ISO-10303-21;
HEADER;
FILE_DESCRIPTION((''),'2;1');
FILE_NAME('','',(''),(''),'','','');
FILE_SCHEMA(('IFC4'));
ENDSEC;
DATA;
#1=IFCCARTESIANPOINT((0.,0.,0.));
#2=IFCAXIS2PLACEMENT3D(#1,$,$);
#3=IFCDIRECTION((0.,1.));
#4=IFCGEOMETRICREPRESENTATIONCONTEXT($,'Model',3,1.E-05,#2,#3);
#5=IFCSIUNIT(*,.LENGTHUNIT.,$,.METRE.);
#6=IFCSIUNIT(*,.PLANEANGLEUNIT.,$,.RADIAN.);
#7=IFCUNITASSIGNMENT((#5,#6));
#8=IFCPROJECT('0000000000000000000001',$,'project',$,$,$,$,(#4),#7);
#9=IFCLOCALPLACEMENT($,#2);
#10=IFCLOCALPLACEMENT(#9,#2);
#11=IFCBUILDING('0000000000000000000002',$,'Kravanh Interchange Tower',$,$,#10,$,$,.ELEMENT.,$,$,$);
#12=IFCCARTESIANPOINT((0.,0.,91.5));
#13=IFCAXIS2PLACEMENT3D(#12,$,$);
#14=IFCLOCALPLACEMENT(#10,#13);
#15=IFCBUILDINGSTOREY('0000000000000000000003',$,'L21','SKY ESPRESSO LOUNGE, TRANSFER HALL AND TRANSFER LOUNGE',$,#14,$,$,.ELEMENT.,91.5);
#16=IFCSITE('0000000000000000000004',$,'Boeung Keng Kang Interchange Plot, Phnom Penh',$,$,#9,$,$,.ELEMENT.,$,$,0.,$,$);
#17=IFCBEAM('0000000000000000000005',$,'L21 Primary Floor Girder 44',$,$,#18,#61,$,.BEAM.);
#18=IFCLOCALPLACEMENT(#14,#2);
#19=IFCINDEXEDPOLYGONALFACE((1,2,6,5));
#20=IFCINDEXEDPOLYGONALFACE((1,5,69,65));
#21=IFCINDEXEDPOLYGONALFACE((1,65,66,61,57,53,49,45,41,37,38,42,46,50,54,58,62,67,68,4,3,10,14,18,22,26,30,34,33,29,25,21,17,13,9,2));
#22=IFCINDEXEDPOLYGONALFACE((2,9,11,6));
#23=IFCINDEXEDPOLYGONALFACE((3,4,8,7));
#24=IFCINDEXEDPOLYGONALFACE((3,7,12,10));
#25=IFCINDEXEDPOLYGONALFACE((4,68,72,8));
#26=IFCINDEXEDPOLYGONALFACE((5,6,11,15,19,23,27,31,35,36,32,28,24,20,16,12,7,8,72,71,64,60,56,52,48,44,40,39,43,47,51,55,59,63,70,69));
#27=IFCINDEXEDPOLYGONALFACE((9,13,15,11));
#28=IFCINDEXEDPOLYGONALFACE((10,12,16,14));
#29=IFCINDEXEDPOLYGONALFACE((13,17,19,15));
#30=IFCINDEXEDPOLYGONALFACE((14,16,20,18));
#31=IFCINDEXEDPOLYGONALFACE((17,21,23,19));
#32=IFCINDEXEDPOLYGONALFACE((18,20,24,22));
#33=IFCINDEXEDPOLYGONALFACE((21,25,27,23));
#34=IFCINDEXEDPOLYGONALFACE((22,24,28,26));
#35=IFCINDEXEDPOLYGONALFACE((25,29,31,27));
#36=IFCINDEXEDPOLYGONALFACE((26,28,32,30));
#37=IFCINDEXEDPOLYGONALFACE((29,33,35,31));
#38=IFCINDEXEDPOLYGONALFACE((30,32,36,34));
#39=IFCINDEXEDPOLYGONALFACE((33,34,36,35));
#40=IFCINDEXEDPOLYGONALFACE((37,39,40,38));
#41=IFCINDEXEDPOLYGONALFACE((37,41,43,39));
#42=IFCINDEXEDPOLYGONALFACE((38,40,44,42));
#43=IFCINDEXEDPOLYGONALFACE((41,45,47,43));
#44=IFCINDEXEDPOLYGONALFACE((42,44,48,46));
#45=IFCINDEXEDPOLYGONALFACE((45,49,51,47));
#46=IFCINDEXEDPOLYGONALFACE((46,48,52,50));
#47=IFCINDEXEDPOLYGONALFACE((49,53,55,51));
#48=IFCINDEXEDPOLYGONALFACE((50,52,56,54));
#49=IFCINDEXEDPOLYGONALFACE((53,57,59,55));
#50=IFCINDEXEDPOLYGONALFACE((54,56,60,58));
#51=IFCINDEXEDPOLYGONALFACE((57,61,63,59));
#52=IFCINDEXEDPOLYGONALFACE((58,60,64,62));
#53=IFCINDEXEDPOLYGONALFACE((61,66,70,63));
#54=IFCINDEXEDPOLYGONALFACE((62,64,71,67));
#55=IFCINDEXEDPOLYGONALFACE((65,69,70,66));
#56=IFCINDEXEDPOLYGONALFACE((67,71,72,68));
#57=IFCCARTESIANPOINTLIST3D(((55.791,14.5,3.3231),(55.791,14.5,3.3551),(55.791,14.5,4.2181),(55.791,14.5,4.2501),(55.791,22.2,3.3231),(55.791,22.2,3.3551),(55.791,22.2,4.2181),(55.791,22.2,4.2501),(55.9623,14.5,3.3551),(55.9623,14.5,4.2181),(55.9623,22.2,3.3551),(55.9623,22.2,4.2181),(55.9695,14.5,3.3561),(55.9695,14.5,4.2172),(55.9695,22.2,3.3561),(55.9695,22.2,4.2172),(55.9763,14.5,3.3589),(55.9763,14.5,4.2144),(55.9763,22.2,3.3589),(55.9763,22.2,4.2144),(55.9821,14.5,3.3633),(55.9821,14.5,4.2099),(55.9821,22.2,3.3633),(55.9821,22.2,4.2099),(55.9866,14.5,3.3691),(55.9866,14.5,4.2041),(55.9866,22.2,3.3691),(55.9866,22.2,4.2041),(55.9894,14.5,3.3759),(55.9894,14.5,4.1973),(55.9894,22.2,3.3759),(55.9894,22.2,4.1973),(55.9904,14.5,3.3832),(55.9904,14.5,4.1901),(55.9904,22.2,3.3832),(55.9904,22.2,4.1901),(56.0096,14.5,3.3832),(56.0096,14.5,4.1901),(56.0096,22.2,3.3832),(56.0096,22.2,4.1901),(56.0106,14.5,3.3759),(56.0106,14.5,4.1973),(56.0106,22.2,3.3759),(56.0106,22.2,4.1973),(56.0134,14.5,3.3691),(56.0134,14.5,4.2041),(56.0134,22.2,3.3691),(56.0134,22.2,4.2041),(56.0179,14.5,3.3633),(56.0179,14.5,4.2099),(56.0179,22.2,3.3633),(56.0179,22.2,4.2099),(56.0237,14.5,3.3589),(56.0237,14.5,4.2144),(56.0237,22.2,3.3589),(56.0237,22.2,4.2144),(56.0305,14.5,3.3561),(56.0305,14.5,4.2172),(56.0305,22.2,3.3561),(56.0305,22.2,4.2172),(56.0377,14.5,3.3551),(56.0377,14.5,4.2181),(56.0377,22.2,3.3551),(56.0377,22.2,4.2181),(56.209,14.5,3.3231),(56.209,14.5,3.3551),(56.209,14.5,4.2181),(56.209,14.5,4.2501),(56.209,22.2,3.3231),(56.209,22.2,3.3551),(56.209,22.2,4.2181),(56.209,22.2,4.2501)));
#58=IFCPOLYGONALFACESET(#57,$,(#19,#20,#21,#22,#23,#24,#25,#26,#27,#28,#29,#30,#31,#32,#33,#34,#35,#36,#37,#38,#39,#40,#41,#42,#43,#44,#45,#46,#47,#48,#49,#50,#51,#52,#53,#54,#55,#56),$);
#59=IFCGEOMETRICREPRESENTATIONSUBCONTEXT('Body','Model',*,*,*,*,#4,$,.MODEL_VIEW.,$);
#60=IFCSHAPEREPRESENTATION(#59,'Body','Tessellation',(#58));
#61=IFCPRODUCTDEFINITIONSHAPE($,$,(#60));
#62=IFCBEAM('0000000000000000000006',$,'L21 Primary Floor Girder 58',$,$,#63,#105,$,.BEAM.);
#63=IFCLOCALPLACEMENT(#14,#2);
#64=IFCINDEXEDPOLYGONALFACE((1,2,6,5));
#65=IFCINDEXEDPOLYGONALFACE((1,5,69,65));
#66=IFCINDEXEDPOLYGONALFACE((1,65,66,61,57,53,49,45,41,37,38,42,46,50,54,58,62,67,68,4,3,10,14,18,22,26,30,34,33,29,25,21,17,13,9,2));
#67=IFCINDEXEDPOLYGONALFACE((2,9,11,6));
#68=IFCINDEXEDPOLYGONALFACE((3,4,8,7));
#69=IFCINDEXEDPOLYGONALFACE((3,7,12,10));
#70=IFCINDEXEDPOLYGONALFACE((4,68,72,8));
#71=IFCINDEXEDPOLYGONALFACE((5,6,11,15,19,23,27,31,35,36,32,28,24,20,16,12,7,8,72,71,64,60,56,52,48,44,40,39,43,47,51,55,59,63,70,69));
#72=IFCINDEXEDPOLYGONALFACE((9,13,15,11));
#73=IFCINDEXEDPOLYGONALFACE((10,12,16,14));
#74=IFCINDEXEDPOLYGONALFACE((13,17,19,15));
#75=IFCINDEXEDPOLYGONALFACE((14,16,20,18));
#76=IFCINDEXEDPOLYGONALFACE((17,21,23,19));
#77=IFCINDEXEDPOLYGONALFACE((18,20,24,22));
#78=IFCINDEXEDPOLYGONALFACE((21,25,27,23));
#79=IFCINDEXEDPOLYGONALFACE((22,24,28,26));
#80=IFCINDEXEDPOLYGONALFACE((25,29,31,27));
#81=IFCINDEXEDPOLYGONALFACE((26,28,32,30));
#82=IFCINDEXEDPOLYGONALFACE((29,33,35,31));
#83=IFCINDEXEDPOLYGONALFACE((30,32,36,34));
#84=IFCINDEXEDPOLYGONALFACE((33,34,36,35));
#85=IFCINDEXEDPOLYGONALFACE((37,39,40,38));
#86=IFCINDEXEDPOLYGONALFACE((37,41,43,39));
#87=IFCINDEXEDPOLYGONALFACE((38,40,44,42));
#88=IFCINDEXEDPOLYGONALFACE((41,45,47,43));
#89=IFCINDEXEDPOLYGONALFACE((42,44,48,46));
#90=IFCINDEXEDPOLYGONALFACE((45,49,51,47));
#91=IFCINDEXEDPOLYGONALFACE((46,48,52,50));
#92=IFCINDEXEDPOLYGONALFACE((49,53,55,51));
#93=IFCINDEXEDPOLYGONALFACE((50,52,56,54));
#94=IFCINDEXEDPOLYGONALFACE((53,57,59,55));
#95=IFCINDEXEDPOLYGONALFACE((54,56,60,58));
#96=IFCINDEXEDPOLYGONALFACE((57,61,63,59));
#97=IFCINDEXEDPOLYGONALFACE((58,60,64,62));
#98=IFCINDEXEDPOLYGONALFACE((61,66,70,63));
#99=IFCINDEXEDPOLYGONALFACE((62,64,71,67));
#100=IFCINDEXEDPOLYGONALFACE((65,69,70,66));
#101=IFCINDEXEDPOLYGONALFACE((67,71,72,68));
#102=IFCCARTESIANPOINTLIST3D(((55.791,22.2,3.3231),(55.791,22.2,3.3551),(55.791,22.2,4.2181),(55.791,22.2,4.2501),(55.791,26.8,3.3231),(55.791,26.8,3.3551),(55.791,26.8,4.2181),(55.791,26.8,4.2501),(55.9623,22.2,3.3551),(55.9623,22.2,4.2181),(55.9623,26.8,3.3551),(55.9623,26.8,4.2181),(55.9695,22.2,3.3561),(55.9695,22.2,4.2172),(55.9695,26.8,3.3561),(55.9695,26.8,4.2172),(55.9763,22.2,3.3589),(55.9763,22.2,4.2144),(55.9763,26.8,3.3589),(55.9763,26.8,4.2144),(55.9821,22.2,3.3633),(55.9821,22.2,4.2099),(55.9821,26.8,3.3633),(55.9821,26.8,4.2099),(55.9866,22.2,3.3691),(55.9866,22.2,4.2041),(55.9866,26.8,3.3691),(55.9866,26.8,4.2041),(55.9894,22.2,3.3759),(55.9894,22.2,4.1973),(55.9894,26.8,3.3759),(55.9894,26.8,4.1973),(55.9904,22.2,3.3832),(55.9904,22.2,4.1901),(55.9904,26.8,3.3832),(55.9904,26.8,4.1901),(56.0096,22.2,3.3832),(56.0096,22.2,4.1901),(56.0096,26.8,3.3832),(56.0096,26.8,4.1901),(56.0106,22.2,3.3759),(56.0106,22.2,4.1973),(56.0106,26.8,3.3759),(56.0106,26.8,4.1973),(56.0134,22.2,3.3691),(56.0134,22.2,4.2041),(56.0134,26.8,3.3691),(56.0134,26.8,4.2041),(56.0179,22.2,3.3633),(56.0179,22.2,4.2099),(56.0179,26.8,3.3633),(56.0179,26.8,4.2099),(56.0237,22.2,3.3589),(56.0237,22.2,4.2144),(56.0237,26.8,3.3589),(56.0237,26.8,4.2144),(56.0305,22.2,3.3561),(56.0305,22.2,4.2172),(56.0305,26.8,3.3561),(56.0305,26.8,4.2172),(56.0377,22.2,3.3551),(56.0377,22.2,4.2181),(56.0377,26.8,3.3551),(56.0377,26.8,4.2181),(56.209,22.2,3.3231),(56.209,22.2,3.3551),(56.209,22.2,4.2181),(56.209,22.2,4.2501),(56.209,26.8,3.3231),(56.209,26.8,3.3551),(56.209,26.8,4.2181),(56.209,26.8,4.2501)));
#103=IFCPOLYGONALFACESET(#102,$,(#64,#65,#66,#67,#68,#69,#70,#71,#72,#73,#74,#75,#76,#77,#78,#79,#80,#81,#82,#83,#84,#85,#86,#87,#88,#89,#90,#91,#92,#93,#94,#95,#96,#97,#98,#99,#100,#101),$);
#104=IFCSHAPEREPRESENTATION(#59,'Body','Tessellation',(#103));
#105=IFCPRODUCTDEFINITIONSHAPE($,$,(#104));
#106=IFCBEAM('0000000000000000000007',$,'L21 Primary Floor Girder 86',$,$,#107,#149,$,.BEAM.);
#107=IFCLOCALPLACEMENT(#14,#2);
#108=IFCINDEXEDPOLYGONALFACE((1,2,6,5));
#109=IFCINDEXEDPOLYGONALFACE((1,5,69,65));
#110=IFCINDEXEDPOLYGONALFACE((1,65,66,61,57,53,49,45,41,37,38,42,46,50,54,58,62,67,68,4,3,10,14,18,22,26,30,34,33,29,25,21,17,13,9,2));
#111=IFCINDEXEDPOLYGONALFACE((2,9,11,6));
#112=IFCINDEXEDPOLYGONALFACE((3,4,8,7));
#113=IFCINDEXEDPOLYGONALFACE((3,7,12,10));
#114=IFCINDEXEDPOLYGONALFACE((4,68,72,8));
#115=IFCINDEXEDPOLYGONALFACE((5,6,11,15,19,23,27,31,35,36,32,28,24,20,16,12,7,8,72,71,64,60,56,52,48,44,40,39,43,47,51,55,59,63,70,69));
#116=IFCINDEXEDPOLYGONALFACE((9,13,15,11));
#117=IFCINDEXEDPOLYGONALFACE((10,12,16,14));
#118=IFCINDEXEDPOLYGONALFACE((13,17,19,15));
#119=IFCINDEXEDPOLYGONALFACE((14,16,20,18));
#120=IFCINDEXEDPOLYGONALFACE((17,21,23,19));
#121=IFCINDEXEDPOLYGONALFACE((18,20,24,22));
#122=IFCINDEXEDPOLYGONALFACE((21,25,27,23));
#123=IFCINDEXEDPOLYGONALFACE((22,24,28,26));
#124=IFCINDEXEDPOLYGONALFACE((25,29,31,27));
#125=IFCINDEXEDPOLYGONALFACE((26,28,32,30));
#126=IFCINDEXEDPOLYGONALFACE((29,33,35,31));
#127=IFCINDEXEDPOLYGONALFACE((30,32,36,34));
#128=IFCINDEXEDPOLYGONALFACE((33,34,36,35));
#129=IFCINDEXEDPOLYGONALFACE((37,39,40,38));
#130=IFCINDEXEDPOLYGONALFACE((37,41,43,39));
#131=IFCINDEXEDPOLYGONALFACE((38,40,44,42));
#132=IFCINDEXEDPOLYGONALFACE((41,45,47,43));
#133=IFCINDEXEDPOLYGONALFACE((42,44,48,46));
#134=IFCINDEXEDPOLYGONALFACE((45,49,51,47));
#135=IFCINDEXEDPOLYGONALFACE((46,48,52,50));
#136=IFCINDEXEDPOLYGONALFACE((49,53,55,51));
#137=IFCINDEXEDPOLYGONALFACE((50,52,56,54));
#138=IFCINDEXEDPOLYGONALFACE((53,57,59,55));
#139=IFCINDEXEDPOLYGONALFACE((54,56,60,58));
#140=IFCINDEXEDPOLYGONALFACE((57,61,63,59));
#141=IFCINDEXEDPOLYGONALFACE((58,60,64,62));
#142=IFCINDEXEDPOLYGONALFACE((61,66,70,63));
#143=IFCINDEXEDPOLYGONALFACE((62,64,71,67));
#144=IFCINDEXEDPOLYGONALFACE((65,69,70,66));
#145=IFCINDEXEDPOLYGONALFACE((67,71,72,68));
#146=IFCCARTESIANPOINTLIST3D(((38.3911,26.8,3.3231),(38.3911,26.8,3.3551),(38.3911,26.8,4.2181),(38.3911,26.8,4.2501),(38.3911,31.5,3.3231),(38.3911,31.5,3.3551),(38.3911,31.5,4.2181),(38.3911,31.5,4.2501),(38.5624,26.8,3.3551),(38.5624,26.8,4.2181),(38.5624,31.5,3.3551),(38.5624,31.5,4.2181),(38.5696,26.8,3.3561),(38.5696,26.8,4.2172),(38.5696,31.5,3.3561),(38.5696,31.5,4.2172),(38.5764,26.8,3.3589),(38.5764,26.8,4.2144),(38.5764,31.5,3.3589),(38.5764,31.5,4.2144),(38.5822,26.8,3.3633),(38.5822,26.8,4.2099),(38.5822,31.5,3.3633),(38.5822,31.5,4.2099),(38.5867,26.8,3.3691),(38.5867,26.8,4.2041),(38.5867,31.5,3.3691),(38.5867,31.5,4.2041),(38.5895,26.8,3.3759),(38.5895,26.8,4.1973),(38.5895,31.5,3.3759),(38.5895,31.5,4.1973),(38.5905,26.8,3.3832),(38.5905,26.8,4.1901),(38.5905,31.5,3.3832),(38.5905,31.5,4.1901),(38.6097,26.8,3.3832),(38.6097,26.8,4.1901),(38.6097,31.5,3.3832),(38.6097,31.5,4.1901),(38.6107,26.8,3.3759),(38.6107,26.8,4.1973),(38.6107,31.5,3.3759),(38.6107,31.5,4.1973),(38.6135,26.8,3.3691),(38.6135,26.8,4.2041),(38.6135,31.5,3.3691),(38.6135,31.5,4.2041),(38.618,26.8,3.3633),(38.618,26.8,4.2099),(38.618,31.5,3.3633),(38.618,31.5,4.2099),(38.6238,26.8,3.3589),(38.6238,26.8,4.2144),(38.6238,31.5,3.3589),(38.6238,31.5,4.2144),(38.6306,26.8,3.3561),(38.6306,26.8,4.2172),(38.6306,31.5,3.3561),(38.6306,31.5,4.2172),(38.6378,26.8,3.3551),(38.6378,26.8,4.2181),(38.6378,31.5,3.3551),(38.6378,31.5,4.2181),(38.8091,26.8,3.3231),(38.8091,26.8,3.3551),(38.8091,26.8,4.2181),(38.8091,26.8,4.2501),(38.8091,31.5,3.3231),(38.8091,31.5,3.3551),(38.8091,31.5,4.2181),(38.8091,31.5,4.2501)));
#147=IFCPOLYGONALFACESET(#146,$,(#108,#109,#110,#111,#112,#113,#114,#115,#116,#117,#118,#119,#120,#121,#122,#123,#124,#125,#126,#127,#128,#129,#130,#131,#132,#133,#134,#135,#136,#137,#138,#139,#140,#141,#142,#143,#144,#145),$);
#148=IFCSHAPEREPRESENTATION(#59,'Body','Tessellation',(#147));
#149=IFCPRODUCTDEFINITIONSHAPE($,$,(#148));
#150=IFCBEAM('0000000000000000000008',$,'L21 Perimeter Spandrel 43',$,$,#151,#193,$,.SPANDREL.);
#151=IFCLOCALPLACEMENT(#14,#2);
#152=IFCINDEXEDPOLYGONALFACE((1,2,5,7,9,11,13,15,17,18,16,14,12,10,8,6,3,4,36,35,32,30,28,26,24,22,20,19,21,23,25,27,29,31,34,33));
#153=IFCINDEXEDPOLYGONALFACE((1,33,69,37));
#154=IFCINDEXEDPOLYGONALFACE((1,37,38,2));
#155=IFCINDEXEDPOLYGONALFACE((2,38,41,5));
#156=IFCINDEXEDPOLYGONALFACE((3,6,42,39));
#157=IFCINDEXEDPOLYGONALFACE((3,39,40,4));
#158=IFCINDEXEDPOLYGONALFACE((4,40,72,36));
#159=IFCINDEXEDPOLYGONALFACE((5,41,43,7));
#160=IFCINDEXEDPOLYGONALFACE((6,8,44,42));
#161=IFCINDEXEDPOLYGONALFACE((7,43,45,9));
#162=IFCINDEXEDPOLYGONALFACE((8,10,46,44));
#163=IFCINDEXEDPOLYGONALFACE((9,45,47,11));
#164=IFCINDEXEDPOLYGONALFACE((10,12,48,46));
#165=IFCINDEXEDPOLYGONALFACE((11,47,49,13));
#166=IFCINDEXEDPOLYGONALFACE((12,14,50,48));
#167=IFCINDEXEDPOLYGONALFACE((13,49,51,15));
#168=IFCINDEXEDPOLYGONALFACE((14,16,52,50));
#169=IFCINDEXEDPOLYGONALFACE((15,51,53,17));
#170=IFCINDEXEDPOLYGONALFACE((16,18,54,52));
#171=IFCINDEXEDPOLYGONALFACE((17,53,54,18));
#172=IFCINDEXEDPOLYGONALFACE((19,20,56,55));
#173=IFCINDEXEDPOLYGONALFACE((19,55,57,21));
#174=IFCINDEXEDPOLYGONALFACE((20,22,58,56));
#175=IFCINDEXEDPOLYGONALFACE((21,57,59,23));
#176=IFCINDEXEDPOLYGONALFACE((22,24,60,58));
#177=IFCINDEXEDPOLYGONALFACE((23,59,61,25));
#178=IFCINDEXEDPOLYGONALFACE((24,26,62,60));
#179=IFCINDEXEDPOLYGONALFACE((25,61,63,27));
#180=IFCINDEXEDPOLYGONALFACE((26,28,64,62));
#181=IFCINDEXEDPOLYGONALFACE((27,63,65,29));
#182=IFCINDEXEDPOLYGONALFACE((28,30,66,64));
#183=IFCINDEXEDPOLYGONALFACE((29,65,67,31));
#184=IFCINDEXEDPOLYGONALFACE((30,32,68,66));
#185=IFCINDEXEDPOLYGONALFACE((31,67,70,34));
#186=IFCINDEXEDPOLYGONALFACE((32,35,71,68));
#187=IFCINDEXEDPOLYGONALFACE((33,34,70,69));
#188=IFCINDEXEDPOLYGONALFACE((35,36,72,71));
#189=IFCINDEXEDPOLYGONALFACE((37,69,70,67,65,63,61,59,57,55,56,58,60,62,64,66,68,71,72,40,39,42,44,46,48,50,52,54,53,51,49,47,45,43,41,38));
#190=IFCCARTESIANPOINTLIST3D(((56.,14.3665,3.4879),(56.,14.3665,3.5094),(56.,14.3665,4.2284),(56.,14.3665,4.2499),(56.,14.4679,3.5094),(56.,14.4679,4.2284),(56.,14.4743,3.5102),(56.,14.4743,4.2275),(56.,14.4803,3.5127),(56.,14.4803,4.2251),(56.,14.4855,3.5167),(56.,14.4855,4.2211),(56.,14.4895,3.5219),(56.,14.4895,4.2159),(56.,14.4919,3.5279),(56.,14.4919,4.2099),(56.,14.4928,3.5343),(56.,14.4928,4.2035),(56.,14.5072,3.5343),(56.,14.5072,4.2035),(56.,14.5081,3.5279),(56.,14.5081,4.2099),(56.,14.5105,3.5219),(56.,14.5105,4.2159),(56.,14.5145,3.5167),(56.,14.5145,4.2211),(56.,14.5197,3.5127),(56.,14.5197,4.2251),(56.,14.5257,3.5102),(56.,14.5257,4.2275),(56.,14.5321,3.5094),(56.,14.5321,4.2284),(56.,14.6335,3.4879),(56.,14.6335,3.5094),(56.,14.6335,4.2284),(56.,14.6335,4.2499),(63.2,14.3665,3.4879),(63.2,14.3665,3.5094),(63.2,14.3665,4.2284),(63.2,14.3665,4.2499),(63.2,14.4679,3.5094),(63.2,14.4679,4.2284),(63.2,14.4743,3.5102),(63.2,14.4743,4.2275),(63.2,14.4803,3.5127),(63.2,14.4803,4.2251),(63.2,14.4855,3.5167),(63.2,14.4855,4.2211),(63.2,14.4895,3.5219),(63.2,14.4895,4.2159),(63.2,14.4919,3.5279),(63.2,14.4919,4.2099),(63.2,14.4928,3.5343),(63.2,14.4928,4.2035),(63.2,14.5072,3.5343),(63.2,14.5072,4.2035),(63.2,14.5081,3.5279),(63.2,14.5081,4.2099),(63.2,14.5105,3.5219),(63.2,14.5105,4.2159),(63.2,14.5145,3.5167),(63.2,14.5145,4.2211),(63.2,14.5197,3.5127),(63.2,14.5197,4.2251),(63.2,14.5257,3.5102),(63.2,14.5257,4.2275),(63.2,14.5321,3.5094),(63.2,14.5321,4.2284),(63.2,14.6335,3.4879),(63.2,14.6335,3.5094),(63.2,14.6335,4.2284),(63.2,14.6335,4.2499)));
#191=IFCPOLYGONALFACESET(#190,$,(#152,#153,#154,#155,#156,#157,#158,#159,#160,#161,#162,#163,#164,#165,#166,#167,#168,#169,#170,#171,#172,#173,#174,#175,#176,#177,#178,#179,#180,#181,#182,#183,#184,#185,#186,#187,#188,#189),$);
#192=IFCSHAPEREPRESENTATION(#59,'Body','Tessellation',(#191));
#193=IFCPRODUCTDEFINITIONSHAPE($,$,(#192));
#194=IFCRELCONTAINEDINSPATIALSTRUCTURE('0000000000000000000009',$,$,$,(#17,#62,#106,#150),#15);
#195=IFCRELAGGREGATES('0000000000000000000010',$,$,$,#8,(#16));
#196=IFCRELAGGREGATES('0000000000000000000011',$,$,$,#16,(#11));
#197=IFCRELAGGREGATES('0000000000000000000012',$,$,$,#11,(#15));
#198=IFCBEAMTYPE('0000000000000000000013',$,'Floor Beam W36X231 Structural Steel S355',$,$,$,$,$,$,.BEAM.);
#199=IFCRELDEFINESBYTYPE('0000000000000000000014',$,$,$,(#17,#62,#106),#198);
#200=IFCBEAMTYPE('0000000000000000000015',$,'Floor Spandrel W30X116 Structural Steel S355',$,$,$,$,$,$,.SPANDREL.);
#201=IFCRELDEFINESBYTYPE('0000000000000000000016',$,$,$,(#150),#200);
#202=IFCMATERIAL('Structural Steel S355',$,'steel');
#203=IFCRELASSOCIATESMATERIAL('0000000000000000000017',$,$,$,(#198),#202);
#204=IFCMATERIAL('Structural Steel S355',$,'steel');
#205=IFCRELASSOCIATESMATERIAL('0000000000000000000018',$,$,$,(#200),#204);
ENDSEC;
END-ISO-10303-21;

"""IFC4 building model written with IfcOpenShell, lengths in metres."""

from ifc_helpers import new_model, si_unit, direction, frame, origin, origin_2d, place, context, subcontext, project, spatial, i_section, extrude, material, material_profile, profile_set, type_object, element, save


model = new_model("IFC4")

# Units and contexts
model_context = context("Model", 3, precision=1e-05, world=origin(), true_north=direction((0.0, 1.0)))
body_context = subcontext(model_context, "Body", "Model", "MODEL_VIEW")
ifc_project = project(units=[si_unit("LENGTHUNIT", "METRE"), si_unit("PLANEANGLEUNIT", "RADIAN")], contexts=[model_context])

# Site, building, storey
site_placement = place(None, origin())
site = spatial("IfcSite", under=ifc_project, at=site_placement, Name="Boeung Keng Kang Interchange Plot, Phnom Penh", CompositionType="ELEMENT", RefElevation=0.0)
building_placement = place(site_placement, origin())
building = spatial("IfcBuilding", under=site, at=building_placement, Name="Kravanh Interchange Tower", CompositionType="ELEMENT")
storey_placement = place(building_placement, frame((0.0, 0.0, 91.5)))
storey = spatial("IfcBuildingStorey", under=building, at=storey_placement, Name="L21", Description="SKY ESPRESSO LOUNGE, TRANSFER HALL AND TRANSFER LOUNGE", CompositionType="ELEMENT", Elevation=91.5)

# Beams
ifc_material_1 = material(Name="Structural Steel S355", Category="steel")
ifc_material_profile_1 = material_profile(ifc_material_1, i_section(OverallWidth=0.418, OverallDepth=0.927, WebThickness=0.0193, FlangeThickness=0.032, FilletRadius=0.0281, at=origin_2d()), Name="W36X231")
ifc_profile_set_1 = profile_set([ifc_material_profile_1], Name="Structural Steel S355")
beam_type_1 = type_object("IfcBeamType", Name="Floor Beam W36X231 Structural Steel S355", PredefinedType="BEAM", material=ifc_profile_set_1)
beam_1_placement = place(storey_placement, frame((56.0, 14.5, 3.7866), z_axis=(0.0, 1.0, 0.0), x_axis=(-1.0, 0.0, 0.0)))
element("IfcBeam", 1, at=beam_1_placement, inside=storey, type_object=beam_type_1, Name="L21 Primary Floor Girder 44", PredefinedType="BEAM", context=body_context, shape_type="SweptSolid", body=[
    extrude(i_section(OverallWidth=0.418, OverallDepth=0.927, WebThickness=0.0193, FlangeThickness=0.032, FilletRadius=0.0281, at=origin_2d()), origin(), (0.0, 0.0, 1.0), 7.7),
])
beam_2_placement = place(storey_placement, frame((56.0, 22.2, 3.7866), z_axis=(0.0, 1.0, 0.0), x_axis=(-1.0, 0.0, 0.0)))
element("IfcBeam", 2, at=beam_2_placement, inside=storey, type_object=beam_type_1, Name="L21 Primary Floor Girder 58", PredefinedType="BEAM", context=body_context, shape_type="SweptSolid", body=[
    extrude(i_section(OverallWidth=0.418, OverallDepth=0.927, WebThickness=0.0193, FlangeThickness=0.032, FilletRadius=0.0281, at=origin_2d()), origin(), (0.0, 0.0, 1.0), 4.6001),
])
beam_3_placement = place(storey_placement, frame((38.6001, 26.8, 3.7866), z_axis=(0.0, 1.0, 0.0), x_axis=(-1.0, 0.0, 0.0)))
element("IfcBeam", 3, at=beam_3_placement, inside=storey, type_object=beam_type_1, Name="L21 Primary Floor Girder 86", PredefinedType="BEAM", context=body_context, shape_type="SweptSolid", body=[
    extrude(i_section(OverallWidth=0.418, OverallDepth=0.927, WebThickness=0.0193, FlangeThickness=0.032, FilletRadius=0.0281, at=origin_2d()), origin(), (0.0, 0.0, 1.0), 4.7),
])
ifc_material_2 = material(Name="Structural Steel S355", Category="steel")
ifc_material_profile_2 = material_profile(ifc_material_2, i_section(OverallWidth=0.2671, OverallDepth=0.762, WebThickness=0.0144, FlangeThickness=0.0215, FilletRadius=0.0249, at=origin_2d()), Name="W30X116")
ifc_profile_set_2 = profile_set([ifc_material_profile_2], Name="Structural Steel S355")
beam_type_2 = type_object("IfcBeamType", Name="Floor Spandrel W30X116 Structural Steel S355", PredefinedType="SPANDREL", material=ifc_profile_set_2)
beam_4_placement = place(storey_placement, frame((56.0, 14.5, 3.8689), z_axis=(1.0, 0.0, 0.0), x_axis=(0.0, 1.0, 0.0)))
element("IfcBeam", 4, at=beam_4_placement, inside=storey, type_object=beam_type_2, Name="L21 Perimeter Spandrel 43", PredefinedType="SPANDREL", context=body_context, shape_type="SweptSolid", body=[
    extrude(i_section(OverallWidth=0.2671, OverallDepth=0.762, WebThickness=0.0144, FlangeThickness=0.0215, FilletRadius=0.0249, at=origin_2d()), origin(), (0.0, 0.0, 1.0), 7.2),
])

save(model, "model.ifc")
